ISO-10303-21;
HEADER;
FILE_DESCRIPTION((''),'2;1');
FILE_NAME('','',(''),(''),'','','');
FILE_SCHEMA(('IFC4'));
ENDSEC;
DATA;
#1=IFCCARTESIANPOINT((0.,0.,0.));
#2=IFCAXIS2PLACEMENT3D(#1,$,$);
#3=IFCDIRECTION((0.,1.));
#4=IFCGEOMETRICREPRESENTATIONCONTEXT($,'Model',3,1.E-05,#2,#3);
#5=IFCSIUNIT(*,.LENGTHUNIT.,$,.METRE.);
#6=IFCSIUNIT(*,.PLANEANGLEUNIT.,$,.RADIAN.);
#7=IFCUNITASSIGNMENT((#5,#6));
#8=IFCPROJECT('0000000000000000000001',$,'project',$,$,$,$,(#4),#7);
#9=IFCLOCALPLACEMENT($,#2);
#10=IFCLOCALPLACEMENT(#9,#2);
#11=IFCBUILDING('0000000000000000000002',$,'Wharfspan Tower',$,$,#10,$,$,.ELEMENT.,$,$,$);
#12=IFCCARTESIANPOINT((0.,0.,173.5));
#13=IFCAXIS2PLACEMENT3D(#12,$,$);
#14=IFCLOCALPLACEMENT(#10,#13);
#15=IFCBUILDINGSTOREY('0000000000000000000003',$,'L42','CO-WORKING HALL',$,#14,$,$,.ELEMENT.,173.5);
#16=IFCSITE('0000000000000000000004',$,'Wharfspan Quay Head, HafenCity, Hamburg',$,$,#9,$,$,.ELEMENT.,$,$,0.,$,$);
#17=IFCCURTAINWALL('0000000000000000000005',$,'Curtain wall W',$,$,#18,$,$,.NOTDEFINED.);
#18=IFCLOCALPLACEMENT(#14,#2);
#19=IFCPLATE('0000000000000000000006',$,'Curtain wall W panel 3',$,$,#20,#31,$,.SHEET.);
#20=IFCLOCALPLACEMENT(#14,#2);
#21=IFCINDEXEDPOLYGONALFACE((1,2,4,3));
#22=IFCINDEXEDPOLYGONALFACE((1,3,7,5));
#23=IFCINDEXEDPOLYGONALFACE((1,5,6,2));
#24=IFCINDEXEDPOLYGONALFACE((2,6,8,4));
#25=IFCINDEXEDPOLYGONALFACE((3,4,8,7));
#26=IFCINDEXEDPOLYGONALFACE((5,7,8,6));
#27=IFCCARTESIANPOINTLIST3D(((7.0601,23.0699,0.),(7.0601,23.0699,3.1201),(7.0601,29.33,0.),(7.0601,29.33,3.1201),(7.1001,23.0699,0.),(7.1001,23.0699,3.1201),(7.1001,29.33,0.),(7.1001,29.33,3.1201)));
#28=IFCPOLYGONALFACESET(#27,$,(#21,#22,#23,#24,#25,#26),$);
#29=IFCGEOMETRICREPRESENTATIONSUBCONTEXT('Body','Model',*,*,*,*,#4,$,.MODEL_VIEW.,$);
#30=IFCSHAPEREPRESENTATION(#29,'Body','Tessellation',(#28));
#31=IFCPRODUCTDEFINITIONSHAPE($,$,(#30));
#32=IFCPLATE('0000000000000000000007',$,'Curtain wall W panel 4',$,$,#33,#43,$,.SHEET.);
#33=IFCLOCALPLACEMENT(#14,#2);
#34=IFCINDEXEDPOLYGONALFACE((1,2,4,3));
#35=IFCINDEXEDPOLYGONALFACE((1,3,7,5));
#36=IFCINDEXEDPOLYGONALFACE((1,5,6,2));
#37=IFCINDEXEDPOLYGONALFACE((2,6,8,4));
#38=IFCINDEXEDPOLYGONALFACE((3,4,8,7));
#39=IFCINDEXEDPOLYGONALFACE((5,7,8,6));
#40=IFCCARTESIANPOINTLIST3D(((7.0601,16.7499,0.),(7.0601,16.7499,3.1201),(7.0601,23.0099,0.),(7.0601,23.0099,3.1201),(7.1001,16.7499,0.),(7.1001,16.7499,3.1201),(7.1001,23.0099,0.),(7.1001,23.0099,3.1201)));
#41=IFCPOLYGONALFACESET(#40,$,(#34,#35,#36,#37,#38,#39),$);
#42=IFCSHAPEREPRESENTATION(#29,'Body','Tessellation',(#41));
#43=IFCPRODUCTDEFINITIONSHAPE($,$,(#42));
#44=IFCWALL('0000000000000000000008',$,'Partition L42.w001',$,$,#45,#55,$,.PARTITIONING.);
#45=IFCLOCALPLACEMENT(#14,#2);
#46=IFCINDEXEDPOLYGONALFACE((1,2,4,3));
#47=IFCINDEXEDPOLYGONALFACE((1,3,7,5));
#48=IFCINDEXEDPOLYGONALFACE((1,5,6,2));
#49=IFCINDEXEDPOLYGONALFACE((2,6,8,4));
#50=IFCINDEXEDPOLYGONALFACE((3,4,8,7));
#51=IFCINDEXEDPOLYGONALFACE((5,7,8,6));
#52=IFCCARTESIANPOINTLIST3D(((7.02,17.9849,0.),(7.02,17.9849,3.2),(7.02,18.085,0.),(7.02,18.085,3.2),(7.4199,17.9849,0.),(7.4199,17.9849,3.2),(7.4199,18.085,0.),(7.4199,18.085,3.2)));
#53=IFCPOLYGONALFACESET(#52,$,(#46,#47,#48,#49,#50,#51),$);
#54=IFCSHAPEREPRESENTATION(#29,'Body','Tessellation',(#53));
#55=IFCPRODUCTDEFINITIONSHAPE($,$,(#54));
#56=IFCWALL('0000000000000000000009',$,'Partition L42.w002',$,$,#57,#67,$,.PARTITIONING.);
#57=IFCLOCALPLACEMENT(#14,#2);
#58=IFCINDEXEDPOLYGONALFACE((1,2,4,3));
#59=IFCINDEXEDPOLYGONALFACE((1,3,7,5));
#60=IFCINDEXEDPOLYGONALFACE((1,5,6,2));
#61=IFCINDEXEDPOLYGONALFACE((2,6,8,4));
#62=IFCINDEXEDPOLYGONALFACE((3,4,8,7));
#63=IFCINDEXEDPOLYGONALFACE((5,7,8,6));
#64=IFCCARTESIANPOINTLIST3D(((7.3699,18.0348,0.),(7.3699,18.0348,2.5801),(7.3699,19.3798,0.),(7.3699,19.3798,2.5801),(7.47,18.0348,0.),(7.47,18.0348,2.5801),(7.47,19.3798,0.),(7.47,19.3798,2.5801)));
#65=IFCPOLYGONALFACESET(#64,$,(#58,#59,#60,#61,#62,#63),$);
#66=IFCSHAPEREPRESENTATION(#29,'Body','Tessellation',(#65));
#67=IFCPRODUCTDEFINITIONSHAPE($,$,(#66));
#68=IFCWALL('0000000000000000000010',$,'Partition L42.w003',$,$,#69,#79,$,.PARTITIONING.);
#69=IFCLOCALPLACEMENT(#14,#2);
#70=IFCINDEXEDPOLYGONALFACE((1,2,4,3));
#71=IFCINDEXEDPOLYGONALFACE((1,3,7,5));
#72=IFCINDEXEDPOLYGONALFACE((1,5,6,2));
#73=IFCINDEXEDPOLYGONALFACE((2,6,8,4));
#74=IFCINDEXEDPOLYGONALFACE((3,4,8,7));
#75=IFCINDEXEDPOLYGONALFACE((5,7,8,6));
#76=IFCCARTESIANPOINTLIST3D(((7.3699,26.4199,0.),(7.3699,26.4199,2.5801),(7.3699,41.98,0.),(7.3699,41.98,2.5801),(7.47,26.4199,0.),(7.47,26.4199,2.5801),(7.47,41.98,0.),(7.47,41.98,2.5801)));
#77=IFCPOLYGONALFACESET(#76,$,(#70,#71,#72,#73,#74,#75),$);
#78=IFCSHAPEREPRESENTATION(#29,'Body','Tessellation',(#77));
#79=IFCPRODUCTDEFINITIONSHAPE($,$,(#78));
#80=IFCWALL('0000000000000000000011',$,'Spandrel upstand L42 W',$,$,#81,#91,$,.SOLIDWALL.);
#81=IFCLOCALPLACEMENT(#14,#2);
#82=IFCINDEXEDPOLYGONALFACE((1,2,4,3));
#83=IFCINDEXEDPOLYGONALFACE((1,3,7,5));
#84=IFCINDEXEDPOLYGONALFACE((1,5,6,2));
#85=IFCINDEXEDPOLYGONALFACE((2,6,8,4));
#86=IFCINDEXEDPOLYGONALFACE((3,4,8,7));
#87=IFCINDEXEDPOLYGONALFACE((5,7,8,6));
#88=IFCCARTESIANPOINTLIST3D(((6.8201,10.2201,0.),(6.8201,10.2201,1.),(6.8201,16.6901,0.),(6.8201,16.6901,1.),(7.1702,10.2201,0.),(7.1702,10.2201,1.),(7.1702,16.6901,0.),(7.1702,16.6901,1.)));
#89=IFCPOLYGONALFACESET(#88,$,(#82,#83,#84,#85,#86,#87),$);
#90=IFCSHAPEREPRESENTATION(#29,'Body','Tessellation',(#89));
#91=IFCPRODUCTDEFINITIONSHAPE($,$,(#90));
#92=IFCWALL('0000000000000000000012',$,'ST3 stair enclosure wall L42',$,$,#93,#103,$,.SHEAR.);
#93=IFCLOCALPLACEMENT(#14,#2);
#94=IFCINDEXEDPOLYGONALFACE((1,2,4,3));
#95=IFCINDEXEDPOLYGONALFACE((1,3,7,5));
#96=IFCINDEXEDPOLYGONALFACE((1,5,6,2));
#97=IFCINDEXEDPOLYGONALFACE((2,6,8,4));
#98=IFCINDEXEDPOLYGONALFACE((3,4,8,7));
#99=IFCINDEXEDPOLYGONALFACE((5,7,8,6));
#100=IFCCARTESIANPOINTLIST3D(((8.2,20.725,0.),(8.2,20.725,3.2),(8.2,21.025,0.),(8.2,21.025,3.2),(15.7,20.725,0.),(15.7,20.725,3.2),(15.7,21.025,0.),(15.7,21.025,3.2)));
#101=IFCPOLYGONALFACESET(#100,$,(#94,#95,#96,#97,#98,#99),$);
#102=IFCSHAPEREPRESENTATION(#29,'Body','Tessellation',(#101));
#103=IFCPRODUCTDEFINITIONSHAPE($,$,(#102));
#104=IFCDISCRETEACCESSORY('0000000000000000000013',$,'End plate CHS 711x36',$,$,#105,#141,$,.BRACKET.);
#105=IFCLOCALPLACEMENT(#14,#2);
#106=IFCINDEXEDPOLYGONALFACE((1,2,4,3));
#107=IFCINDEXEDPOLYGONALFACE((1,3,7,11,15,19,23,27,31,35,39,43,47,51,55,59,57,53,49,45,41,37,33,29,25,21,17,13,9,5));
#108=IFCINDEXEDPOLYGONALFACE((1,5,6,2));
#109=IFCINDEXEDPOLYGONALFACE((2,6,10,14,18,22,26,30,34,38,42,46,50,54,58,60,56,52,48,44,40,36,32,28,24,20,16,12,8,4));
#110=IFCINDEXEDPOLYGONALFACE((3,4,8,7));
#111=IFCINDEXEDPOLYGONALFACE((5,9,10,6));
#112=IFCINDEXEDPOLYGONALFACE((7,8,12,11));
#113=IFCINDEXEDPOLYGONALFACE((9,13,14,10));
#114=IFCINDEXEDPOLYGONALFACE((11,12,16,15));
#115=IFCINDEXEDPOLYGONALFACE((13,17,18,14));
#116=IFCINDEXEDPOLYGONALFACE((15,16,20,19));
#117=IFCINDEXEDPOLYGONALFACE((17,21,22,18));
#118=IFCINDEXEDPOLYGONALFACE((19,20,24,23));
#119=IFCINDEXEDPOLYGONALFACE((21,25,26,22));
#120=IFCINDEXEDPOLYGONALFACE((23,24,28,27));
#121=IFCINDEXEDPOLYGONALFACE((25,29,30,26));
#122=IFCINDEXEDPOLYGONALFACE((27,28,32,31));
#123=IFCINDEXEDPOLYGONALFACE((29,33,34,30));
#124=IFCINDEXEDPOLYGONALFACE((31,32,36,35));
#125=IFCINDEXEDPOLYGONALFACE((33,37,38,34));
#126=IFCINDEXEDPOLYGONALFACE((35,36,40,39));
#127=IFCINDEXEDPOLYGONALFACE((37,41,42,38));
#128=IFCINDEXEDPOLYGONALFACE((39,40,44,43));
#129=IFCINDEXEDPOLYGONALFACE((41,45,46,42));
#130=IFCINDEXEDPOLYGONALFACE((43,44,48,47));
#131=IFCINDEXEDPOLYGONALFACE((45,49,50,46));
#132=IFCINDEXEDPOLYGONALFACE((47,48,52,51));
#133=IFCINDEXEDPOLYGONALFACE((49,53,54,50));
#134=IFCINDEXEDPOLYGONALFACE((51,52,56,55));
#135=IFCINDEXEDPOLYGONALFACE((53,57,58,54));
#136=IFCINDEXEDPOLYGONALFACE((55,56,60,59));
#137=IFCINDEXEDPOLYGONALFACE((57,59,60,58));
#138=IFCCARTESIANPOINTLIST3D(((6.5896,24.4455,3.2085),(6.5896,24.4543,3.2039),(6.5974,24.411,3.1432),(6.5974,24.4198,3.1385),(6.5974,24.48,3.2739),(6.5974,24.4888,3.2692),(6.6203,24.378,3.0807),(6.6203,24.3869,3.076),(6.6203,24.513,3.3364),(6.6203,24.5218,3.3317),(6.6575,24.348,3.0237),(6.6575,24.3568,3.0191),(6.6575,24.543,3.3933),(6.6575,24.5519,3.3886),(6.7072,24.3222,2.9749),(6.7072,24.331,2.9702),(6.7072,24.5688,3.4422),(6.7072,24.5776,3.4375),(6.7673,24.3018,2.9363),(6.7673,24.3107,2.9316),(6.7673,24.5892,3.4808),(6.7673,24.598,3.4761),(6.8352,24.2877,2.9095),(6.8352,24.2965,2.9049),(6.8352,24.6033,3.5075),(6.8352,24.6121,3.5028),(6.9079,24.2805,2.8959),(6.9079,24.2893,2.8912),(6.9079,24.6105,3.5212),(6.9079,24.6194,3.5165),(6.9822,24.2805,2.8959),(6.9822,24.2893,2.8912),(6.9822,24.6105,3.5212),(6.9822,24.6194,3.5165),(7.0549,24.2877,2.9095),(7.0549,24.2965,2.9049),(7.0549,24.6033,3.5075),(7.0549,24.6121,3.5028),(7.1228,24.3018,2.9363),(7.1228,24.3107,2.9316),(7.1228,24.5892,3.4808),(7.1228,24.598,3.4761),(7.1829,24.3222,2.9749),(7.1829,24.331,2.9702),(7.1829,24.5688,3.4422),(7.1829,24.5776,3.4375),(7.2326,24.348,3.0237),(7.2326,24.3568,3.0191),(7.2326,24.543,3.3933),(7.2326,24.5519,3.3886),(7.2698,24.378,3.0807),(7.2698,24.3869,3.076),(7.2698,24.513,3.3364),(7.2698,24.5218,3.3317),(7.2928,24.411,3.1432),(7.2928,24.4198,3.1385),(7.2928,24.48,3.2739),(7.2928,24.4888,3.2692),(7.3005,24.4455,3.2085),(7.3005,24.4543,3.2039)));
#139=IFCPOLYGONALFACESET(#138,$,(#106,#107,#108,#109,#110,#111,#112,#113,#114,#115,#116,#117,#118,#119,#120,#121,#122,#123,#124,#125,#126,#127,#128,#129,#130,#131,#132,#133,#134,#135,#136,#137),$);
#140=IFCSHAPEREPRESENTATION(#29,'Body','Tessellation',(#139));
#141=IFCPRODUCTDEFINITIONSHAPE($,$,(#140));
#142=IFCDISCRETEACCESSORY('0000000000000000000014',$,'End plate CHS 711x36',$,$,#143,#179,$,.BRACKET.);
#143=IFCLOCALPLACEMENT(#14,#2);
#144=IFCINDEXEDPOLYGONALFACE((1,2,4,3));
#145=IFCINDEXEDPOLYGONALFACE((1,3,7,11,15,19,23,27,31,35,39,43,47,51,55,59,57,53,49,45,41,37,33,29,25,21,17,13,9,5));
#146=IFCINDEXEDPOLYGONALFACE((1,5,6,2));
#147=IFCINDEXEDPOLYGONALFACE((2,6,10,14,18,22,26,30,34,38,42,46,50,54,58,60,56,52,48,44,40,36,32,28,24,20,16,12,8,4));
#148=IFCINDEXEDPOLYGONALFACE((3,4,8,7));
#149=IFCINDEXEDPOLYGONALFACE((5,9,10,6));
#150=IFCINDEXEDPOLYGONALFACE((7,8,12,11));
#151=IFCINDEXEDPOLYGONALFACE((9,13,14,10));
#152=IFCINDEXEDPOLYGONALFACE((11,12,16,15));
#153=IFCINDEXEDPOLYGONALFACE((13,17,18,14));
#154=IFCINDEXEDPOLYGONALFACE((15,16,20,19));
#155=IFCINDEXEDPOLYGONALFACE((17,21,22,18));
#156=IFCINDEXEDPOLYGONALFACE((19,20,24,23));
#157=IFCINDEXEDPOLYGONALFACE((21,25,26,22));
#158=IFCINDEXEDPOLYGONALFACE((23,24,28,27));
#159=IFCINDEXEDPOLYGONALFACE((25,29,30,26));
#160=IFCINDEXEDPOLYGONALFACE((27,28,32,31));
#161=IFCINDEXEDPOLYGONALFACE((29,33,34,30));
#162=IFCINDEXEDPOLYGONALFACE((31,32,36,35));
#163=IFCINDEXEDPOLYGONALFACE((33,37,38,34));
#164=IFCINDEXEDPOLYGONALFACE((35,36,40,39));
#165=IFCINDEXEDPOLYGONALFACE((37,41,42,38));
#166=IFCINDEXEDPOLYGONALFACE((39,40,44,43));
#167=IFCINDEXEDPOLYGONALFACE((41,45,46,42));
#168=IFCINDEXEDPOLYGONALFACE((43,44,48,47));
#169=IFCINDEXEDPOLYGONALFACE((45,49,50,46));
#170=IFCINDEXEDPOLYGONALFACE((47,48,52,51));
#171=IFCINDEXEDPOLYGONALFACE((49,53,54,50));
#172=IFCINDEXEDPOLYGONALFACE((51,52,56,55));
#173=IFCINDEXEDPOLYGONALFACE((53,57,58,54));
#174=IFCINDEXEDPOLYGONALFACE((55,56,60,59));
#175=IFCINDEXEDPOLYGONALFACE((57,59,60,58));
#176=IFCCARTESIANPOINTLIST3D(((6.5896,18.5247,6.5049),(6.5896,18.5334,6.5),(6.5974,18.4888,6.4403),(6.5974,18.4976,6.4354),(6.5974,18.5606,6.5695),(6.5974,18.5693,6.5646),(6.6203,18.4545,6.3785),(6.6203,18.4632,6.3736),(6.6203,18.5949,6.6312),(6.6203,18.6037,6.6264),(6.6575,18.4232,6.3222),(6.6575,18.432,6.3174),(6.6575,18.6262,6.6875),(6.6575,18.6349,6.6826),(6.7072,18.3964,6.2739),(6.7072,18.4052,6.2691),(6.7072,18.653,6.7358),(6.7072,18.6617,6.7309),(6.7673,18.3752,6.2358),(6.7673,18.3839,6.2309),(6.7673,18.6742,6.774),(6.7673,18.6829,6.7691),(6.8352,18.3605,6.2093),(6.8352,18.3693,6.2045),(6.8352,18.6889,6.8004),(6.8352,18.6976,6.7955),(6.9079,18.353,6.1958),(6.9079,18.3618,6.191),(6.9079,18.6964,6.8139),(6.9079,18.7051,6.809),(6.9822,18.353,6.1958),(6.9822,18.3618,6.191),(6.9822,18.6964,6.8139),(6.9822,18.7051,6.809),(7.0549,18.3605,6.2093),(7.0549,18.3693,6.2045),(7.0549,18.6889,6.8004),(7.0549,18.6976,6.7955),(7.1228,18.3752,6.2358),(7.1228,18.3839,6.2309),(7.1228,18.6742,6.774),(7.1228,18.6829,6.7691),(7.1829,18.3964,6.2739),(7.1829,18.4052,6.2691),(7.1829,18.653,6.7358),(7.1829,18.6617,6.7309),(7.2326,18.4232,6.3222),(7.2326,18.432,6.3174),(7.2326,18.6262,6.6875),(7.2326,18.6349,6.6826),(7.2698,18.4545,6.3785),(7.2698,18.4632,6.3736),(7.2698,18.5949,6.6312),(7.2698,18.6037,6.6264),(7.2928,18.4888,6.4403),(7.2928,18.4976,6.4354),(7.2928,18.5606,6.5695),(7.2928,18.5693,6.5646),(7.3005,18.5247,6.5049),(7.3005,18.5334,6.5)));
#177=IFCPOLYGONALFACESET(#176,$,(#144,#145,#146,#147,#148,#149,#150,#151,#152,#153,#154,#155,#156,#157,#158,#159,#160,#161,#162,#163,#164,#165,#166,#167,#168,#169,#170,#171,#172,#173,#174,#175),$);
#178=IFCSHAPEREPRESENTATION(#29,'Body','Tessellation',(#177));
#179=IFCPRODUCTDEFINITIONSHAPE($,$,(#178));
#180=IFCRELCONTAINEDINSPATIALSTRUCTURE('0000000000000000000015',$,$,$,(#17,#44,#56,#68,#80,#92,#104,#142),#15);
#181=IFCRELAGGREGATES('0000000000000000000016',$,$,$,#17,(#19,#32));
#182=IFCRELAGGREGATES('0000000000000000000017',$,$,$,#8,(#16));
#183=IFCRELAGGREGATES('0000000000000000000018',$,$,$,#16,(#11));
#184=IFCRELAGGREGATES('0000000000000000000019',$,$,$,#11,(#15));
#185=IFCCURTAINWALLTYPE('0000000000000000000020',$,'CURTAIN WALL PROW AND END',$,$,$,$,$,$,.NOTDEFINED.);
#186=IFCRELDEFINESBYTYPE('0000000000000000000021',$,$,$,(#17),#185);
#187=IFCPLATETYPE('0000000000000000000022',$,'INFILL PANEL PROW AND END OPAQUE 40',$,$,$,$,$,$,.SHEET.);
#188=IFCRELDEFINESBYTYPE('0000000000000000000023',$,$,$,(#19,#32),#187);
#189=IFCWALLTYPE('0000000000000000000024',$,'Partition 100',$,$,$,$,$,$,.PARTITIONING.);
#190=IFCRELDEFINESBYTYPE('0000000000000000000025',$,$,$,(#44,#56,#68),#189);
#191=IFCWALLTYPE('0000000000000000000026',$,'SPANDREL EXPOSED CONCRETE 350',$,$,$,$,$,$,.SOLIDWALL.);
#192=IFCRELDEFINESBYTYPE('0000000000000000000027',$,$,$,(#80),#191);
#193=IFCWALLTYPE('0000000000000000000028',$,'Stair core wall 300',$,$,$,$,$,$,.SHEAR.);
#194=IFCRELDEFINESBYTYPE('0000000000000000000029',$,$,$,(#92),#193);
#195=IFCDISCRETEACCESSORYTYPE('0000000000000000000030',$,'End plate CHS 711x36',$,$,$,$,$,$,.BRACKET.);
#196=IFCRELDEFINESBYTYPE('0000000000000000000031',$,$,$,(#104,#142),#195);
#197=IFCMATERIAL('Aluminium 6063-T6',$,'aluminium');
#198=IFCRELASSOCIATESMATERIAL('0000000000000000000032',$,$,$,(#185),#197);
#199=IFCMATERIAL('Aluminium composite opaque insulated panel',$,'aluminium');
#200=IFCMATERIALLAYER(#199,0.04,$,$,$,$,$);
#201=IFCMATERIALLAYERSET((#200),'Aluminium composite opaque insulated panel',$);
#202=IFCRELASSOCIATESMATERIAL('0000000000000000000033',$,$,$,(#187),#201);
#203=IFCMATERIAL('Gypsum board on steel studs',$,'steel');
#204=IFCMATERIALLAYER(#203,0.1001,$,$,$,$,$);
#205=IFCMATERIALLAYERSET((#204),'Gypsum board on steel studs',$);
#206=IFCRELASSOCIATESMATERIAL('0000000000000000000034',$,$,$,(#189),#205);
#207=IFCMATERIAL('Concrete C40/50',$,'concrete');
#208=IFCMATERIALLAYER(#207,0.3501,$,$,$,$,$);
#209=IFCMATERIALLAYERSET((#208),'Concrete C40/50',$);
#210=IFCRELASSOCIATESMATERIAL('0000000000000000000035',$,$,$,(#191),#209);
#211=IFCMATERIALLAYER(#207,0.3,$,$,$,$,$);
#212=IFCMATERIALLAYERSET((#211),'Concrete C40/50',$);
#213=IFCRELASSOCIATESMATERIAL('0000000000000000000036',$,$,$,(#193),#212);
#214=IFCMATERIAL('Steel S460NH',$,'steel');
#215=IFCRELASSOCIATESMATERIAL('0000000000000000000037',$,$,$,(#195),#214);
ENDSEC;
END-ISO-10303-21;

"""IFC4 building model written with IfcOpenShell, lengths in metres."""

from ifc_helpers import new_model, si_unit, direction, frame, frame_2d, origin, origin_2d, place, context, subcontext, project, spatial, rectangle, circle, extrude, material, layer, layer_set, material_profile, profile_set, type_object, element, aggregate, save


model = new_model("IFC4")

# Units and contexts
model_context = context("Model", 3, precision=1e-05, world=origin(), true_north=direction((0.0, 1.0)))
body_context = subcontext(model_context, "Body", "Model", "MODEL_VIEW")
ifc_project = project(units=[si_unit("LENGTHUNIT", "METRE"), si_unit("PLANEANGLEUNIT", "RADIAN")], contexts=[model_context])

# Site, building, storey
site_placement = place(None, origin())
site = spatial("IfcSite", under=ifc_project, at=site_placement, Name="Wharfspan Quay Head, HafenCity, Hamburg", CompositionType="ELEMENT", RefElevation=0.0)
building_placement = place(site_placement, origin())
building = spatial("IfcBuilding", under=site, at=building_placement, Name="Wharfspan Tower", CompositionType="ELEMENT")
storey_placement = place(building_placement, frame((0.0, 0.0, 173.5)))
storey = spatial("IfcBuildingStorey", under=building, at=storey_placement, Name="L42", Description="CO-WORKING HALL", CompositionType="ELEMENT", Elevation=173.5)

# Curtain wall
ifc_material_1 = material(Name="Aluminium 6063-T6", Category="aluminium")
curtain_wall_type = type_object("IfcCurtainWallType", Name="CURTAIN WALL PROW AND END", PredefinedType="NOTDEFINED", material=ifc_material_1)
curtain_wall_placement = place(storey_placement, origin())
curtain_wall = element("IfcCurtainWall", 1, at=curtain_wall_placement, inside=storey, type_object=curtain_wall_type, Name="Curtain wall W", PredefinedType="NOTDEFINED")

# Shared definitions
ifc_material_2 = material(Name="Steel S460NH", Category="steel")

# Plates
ifc_material_3 = material(Name="Aluminium composite opaque insulated panel", Category="aluminium")
ifc_layer_1 = layer(ifc_material_3, 0.04)
ifc_layer_set_1 = layer_set([ifc_layer_1], Name="Aluminium composite opaque insulated panel")
plate_type = type_object("IfcPlateType", Name="INFILL PANEL PROW AND END OPAQUE 40", PredefinedType="SHEET", material=ifc_layer_set_1)
plate_1_placement = place(storey_placement, frame((7.0801, 26.2, 0.0), z_axis=(0.0, 0.0, 1.0), x_axis=(0.0, -1.0, 0.0)))
plate_1 = element("IfcPlate", 2, at=plate_1_placement, type_object=plate_type, Name="Curtain wall W panel 3", PredefinedType="SHEET", context=body_context, shape_type="SweptSolid", body=[
    extrude(rectangle(XDim=6.26, YDim=0.04, at=origin_2d()), origin(), (0.0, 0.0, 1.0), 3.1201),
])
plate_2_placement = place(storey_placement, frame((7.0801, 19.8799, 0.0), z_axis=(0.0, 0.0, 1.0), x_axis=(0.0, -1.0, 0.0)))
plate_2 = element("IfcPlate", 3, at=plate_2_placement, type_object=plate_type, Name="Curtain wall W panel 4", PredefinedType="SHEET", context=body_context, shape_type="SweptSolid", body=[
    extrude(rectangle(XDim=6.26, YDim=0.04, at=origin_2d()), origin(), (0.0, 0.0, 1.0), 3.1201),
])
aggregate(curtain_wall, [plate_1, plate_2])

# Walls
ifc_material_4 = material(Name="Gypsum board on steel studs", Category="steel")
ifc_layer_2 = layer(ifc_material_4, 0.1001)
ifc_layer_set_2 = layer_set([ifc_layer_2], Name="Gypsum board on steel studs")
wall_type_1 = type_object("IfcWallType", Name="Partition 100", PredefinedType="PARTITIONING", material=ifc_layer_set_2)
wall_1_placement = place(storey_placement, frame((7.02, 18.0349, 0.0), z_axis=(0.0, 0.0, 1.0), x_axis=(1.0, 0.0, 0.0)))
element("IfcWall", 4, at=wall_1_placement, inside=storey, type_object=wall_type_1, Name="Partition L42.w001", PredefinedType="PARTITIONING", context=body_context, shape_type="SweptSolid", body=[
    extrude(rectangle(XDim=0.3999, YDim=0.1001, at=frame_2d((0.2, 0.0))), origin(), (0.0, 0.0, 1.0), 3.2),
])
wall_2_placement = place(storey_placement, frame((7.4199, 18.0349, 0.0), z_axis=(0.0, 0.0, 1.0), x_axis=(0.0, 1.0, 0.0)))
element("IfcWall", 5, at=wall_2_placement, inside=storey, type_object=wall_type_1, Name="Partition L42.w002", PredefinedType="PARTITIONING", context=body_context, shape_type="SweptSolid", body=[
    extrude(rectangle(XDim=1.345, YDim=0.1001, at=frame_2d((0.6724, 0.0))), origin(), (0.0, 0.0, 1.0), 2.5801),
])
wall_3_placement = place(storey_placement, frame((7.4199, 26.4199, 0.0), z_axis=(0.0, 0.0, 1.0), x_axis=(0.0, 1.0, 0.0)))
element("IfcWall", 6, at=wall_3_placement, inside=storey, type_object=wall_type_1, Name="Partition L42.w003", PredefinedType="PARTITIONING", context=body_context, shape_type="SweptSolid", body=[
    extrude(rectangle(XDim=15.5601, YDim=0.1001, at=frame_2d((7.78, 0.0))), origin(), (0.0, 0.0, 1.0), 2.5801),
])
ifc_material_5 = material(Name="Concrete C40/50", Category="concrete")
ifc_layer_3 = layer(ifc_material_5, 0.3501)
ifc_layer_set_3 = layer_set([ifc_layer_3], Name="Concrete C40/50")
wall_type_2 = type_object("IfcWallType", Name="SPANDREL EXPOSED CONCRETE 350", PredefinedType="SOLIDWALL", material=ifc_layer_set_3)
wall_4_placement = place(storey_placement, frame((6.9951, 16.6899, 0.0), z_axis=(0.0, 0.0, 1.0), x_axis=(0.0, -1.0, 0.0)))
element("IfcWall", 7, at=wall_4_placement, inside=storey, type_object=wall_type_2, Name="Spandrel upstand L42 W", PredefinedType="SOLIDWALL", context=body_context, shape_type="SweptSolid", body=[
    extrude(rectangle(XDim=6.47, YDim=0.3501, at=frame_2d((3.2349, 0.0))), origin(), (0.0, 0.0, 1.0), 1.0),
])
ifc_layer_4 = layer(ifc_material_5, 0.3)
ifc_layer_set_4 = layer_set([ifc_layer_4], Name="Concrete C40/50")
wall_type_3 = type_object("IfcWallType", Name="Stair core wall 300", PredefinedType="SHEAR", material=ifc_layer_set_4)
wall_5_placement = place(storey_placement, frame((8.2, 20.875, 0.0), z_axis=(0.0, 0.0, 1.0), x_axis=(1.0, 0.0, 0.0)))
element("IfcWall", 8, at=wall_5_placement, inside=storey, type_object=wall_type_3, Name="ST3 stair enclosure wall L42", PredefinedType="SHEAR", context=body_context, shape_type="SweptSolid", body=[
    extrude(rectangle(XDim=7.5, YDim=0.3, at=frame_2d((3.75, 0.0))), origin(), (0.0, 0.0, 1.0), 3.2),
])

# Discrete accessories
ifc_material_profile_1 = material_profile(ifc_material_2, circle(Radius=0.3555, at=origin_2d()))
ifc_profile_set_1 = profile_set([ifc_material_profile_1], Name="Steel S460NH")
discrete_accessory_type = type_object("IfcDiscreteAccessoryType", Name="End plate CHS 711x36", PredefinedType="BRACKET", material=ifc_profile_set_1)
for number, where, z_axis, x_axis, name in (
    (9, (6.9451, 24.4543, 3.2039), (0.0, -0.884385, 0.466759), (1.0, 0.0, 0.0), "End plate CHS 711x36"),
    (10, (6.9451, 18.5334, 6.5), (0.0, -0.874157, 0.485643), (1.0, 0.0, 0.0), "End plate CHS 711x36"),
):
    element("IfcDiscreteAccessory", number, at=place(storey_placement, frame(where, z_axis=z_axis, x_axis=x_axis)), inside=storey, type_object=discrete_accessory_type, Name=name, PredefinedType="BRACKET", context=body_context, shape_type="SweptSolid", body=[
        extrude(circle(Radius=0.3555, at=origin_2d()), origin(), (0.0, 0.0, 1.0), 0.01),
    ])

save(model, "model.ifc")
